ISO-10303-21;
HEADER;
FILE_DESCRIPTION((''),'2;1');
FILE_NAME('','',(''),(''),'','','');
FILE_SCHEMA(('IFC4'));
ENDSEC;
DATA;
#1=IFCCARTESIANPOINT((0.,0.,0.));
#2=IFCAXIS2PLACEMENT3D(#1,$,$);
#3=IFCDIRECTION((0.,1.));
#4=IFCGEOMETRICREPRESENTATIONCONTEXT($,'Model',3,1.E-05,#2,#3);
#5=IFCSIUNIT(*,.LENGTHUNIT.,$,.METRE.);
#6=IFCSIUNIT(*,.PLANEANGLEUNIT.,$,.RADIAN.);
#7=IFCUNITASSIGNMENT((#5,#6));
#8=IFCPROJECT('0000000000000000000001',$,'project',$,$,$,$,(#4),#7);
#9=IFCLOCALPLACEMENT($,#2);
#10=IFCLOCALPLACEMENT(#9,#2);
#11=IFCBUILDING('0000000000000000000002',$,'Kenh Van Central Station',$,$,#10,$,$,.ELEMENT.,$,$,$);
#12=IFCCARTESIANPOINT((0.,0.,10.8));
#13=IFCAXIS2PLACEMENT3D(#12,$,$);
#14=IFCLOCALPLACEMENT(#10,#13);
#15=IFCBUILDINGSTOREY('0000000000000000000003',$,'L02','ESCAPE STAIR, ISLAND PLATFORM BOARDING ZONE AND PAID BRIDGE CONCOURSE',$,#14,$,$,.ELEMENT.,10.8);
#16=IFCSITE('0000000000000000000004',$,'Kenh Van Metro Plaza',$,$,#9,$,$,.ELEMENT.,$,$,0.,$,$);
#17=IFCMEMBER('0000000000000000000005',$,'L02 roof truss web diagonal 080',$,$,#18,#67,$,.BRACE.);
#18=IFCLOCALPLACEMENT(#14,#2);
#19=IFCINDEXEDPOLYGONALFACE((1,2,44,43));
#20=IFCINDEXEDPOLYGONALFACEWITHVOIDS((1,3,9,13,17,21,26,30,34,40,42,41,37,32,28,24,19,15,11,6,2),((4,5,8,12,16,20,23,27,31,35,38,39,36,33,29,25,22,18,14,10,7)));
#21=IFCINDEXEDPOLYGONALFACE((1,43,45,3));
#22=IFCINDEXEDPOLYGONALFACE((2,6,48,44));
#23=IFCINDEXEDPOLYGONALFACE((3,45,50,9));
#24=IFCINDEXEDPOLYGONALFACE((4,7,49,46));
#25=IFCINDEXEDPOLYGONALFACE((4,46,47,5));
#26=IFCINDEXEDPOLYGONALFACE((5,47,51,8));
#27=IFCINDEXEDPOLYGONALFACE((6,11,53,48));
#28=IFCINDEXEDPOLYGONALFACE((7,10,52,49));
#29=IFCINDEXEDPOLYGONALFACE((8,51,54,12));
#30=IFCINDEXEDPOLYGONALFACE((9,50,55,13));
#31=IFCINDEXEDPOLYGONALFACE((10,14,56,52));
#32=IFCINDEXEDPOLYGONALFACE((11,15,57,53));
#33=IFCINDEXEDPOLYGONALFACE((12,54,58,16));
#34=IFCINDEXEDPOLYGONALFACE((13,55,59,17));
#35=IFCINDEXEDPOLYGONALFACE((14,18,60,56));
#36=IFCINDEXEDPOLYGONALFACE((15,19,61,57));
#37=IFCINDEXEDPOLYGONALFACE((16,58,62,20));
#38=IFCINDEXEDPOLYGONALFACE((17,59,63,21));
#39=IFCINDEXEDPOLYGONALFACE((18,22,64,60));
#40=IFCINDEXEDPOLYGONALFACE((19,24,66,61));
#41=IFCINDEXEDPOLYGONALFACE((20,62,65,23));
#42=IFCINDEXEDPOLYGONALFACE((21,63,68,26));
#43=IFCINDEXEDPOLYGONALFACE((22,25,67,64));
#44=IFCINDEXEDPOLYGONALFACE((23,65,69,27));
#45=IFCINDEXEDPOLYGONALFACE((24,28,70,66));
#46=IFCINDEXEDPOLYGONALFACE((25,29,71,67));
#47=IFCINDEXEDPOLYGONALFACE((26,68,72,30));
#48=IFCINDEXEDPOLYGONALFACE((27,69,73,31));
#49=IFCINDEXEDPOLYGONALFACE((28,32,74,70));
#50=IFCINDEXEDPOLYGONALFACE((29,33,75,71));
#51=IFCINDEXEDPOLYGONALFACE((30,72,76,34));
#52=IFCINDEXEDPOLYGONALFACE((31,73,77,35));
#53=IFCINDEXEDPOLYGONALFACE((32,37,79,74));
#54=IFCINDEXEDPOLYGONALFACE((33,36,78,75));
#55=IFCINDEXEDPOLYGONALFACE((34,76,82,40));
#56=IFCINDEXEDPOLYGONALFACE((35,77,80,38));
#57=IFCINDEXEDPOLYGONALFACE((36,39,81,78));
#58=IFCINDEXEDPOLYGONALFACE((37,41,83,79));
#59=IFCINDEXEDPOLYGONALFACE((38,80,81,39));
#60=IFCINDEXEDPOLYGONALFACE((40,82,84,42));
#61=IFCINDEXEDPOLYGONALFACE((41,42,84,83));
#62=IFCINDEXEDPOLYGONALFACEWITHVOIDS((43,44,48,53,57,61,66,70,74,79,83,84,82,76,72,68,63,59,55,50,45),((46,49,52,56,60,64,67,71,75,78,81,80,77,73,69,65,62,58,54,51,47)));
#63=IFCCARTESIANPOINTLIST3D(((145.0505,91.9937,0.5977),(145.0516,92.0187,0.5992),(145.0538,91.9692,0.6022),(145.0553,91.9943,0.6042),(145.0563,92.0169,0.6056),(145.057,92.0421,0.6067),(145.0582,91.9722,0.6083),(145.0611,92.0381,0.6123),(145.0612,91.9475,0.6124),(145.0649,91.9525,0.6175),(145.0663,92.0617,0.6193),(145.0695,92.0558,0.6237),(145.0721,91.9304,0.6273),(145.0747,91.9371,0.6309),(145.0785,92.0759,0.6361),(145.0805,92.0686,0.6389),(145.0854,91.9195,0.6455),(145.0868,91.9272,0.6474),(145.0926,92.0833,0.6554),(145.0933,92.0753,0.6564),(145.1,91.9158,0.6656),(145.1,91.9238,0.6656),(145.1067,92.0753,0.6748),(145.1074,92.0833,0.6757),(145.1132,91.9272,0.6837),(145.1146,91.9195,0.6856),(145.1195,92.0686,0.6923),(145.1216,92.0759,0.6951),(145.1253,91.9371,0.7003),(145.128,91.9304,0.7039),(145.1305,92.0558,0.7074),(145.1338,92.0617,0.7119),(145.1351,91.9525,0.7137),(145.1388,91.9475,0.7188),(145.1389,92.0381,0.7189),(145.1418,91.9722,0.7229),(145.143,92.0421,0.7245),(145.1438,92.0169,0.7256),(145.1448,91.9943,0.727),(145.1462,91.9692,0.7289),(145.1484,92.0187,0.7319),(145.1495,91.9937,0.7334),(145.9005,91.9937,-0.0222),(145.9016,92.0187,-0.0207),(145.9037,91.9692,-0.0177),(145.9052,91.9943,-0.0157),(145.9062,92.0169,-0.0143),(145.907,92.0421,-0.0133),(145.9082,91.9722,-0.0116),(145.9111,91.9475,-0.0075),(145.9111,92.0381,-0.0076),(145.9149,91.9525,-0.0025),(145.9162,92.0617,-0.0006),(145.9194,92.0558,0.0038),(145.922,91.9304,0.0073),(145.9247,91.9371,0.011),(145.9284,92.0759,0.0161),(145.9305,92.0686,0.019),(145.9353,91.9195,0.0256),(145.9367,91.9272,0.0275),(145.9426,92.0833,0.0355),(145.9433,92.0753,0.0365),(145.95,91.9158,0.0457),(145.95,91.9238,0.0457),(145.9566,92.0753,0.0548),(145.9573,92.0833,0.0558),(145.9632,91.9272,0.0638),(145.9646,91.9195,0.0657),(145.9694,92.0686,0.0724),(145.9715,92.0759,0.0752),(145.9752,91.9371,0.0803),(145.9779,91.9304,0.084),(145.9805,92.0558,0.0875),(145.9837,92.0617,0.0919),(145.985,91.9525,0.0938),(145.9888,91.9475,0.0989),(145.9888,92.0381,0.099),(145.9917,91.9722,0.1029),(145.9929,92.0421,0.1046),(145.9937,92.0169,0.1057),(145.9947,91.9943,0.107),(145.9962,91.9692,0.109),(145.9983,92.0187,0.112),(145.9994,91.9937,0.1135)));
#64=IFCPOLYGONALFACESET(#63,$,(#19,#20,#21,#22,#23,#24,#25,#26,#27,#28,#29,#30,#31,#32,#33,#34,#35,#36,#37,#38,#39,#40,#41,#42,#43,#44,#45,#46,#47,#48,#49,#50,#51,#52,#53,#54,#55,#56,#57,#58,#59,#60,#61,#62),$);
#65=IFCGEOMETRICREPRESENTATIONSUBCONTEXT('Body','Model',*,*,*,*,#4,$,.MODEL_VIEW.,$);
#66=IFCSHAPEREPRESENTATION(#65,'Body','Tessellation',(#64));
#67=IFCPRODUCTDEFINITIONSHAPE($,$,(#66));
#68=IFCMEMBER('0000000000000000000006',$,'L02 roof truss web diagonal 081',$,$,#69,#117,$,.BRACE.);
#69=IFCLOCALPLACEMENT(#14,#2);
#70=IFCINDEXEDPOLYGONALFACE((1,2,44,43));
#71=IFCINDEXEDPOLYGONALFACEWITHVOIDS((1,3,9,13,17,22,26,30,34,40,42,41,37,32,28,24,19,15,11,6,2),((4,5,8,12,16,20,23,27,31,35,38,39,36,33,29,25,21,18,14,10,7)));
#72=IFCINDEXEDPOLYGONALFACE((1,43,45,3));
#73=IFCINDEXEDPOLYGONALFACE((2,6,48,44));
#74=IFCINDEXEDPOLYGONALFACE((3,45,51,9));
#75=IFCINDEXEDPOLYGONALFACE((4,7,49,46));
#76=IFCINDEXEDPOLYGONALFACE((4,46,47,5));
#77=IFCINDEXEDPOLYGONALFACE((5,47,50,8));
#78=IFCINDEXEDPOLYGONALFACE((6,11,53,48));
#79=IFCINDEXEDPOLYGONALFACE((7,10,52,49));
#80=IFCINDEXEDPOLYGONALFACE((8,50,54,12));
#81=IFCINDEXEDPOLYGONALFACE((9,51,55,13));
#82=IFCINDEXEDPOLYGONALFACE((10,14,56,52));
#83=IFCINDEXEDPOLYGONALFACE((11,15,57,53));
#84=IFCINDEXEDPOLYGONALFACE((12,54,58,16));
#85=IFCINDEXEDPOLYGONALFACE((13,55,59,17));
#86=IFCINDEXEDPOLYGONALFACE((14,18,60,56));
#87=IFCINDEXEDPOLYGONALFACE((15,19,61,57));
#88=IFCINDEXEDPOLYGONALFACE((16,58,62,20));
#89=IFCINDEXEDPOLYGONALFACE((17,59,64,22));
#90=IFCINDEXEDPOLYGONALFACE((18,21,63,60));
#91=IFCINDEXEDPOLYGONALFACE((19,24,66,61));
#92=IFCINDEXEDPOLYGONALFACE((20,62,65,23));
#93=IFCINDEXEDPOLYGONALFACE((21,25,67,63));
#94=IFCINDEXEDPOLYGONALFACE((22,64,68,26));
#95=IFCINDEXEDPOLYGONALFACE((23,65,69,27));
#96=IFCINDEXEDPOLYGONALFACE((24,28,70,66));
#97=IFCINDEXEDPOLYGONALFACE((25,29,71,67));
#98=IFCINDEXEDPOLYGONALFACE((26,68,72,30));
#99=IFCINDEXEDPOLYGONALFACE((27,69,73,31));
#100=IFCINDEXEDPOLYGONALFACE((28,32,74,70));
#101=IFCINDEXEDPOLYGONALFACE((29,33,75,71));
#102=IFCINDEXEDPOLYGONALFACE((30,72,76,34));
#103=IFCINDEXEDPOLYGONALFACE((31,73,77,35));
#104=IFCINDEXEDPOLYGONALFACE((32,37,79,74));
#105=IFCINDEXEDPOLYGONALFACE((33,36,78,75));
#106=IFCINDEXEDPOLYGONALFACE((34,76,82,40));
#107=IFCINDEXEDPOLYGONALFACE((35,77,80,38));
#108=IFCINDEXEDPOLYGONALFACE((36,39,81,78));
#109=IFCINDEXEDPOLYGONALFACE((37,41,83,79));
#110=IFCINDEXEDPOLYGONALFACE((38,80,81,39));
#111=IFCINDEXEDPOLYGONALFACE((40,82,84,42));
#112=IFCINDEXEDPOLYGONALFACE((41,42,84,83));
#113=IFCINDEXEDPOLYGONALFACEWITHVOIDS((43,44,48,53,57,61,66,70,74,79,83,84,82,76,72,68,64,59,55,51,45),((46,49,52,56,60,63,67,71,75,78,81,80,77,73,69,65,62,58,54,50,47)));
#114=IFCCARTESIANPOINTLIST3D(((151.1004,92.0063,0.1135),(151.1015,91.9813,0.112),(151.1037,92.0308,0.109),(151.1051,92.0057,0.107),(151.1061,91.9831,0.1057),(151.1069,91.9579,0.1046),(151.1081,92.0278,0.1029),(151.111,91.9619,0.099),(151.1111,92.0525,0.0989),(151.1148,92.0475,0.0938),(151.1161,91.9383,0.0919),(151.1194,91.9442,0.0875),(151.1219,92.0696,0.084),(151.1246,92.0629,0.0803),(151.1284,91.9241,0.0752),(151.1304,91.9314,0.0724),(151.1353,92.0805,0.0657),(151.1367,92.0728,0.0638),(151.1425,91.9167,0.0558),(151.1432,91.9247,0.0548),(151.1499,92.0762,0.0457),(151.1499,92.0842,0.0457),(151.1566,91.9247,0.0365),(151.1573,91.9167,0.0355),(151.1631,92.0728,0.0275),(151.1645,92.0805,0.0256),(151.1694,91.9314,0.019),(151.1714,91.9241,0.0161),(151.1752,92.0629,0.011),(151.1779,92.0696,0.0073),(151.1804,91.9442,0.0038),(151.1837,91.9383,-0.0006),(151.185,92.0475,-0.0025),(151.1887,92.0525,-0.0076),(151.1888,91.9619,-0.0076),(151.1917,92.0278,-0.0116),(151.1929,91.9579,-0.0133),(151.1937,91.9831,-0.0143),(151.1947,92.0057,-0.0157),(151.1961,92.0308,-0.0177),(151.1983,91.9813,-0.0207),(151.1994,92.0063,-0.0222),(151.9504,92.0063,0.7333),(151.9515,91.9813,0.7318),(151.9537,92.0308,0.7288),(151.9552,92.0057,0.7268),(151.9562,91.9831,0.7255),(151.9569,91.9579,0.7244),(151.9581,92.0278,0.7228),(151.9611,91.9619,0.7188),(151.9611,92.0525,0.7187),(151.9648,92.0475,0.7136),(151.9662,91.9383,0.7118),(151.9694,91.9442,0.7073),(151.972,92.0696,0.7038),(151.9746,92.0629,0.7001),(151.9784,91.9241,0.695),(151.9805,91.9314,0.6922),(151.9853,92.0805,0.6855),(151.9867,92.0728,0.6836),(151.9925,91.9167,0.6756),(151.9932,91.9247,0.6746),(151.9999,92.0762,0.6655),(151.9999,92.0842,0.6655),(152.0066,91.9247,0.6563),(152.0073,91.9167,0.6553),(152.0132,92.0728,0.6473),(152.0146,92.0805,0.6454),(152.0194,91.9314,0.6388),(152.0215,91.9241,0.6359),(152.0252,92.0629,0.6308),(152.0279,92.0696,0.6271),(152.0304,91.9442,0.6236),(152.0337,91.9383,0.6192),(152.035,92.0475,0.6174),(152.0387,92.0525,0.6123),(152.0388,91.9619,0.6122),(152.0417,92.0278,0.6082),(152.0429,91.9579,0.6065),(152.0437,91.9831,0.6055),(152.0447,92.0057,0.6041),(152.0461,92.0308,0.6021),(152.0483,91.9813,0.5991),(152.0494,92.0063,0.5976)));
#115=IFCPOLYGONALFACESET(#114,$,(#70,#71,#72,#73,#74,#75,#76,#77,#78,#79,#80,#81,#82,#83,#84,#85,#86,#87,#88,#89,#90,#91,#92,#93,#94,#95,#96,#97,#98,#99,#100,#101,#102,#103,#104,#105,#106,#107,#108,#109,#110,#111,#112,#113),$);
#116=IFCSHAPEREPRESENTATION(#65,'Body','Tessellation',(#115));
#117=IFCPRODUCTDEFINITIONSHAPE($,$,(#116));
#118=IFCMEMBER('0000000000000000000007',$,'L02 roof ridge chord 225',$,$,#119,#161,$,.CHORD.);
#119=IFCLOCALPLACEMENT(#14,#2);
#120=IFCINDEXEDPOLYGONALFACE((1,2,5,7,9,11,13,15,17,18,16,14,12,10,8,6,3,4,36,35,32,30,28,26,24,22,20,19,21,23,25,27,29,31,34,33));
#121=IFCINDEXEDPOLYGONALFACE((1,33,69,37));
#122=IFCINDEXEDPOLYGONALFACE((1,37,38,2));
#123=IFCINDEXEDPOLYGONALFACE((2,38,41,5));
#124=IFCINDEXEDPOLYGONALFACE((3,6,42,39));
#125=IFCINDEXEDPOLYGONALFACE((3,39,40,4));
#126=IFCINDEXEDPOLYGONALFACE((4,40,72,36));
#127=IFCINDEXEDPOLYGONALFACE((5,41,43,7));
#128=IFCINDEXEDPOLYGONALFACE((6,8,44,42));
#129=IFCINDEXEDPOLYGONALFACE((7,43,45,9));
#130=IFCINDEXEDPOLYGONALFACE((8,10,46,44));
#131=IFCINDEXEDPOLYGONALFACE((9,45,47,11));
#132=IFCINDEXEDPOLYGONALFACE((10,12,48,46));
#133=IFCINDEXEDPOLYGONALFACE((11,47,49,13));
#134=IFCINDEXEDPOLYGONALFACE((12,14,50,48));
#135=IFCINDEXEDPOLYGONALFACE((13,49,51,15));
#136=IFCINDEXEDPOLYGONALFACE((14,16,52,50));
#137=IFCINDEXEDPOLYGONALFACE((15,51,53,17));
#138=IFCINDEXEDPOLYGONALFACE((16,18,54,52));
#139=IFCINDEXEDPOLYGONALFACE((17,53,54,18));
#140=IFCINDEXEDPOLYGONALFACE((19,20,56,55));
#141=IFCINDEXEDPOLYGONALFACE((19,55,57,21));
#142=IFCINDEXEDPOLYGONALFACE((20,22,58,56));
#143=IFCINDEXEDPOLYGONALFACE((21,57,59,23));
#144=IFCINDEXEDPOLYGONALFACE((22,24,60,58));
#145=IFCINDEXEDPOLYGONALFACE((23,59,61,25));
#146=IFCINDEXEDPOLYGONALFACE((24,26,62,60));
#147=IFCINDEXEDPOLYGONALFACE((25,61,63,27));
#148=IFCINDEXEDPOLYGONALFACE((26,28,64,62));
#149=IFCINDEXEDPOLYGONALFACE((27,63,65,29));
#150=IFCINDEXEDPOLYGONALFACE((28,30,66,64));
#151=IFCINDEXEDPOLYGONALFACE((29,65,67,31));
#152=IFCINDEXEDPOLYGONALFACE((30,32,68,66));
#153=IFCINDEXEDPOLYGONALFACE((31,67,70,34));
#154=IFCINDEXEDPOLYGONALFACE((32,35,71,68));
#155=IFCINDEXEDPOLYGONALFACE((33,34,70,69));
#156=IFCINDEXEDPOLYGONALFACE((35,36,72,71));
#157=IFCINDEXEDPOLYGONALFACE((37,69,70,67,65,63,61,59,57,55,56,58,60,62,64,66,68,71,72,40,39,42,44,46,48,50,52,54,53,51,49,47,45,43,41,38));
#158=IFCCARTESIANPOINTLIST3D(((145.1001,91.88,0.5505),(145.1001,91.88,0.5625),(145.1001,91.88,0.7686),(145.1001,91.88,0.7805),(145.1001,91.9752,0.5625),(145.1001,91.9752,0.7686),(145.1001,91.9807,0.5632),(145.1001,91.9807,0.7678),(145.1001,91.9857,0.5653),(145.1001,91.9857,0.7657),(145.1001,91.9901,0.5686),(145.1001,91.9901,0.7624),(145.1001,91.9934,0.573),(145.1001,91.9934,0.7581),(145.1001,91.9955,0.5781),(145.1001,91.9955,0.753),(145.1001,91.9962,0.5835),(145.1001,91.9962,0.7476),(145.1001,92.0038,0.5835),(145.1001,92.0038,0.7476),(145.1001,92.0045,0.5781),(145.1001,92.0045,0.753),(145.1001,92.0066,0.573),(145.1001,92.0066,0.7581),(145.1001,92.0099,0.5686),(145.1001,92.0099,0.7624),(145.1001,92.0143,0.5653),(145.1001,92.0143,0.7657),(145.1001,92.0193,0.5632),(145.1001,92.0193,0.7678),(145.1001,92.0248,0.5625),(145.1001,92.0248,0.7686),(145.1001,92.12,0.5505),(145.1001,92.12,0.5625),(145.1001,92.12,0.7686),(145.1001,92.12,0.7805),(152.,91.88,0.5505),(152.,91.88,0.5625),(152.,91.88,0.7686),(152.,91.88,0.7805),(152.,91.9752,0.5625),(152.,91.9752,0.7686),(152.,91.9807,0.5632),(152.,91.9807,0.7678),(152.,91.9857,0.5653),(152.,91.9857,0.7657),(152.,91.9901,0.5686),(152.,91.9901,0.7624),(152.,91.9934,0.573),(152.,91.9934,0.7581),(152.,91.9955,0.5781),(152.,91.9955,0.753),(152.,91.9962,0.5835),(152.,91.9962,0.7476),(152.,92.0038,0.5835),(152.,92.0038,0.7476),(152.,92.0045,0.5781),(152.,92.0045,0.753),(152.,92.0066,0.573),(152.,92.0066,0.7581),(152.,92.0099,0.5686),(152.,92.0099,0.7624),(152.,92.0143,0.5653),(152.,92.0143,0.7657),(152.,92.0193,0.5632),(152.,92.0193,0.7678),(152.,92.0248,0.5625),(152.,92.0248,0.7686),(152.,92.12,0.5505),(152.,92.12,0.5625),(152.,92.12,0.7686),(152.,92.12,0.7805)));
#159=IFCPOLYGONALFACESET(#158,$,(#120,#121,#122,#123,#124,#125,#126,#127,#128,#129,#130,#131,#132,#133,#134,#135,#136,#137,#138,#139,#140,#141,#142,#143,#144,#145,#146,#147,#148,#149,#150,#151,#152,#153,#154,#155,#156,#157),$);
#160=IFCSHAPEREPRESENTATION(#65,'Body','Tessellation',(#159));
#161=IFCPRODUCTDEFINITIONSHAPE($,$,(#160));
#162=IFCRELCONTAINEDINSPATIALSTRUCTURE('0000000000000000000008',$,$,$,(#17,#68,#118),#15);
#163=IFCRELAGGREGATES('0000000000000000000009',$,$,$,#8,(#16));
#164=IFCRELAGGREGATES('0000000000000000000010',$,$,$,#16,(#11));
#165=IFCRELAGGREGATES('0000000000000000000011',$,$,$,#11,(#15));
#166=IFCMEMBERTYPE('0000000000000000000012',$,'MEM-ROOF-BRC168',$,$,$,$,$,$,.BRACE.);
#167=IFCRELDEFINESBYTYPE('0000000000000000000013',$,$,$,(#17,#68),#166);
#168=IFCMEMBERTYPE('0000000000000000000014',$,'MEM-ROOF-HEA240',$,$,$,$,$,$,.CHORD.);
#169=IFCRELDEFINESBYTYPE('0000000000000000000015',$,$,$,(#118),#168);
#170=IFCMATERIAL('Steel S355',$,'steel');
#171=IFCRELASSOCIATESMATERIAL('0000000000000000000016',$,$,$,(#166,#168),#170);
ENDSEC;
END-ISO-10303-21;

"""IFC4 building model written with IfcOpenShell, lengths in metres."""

from ifc_helpers import new_model, si_unit, direction, frame, origin, origin_2d, place, context, subcontext, project, spatial, hollow_circle, i_section, extrude, material, material_profile, profile_set, type_object, element, save


model = new_model("IFC4")

# Units and contexts
model_context = context("Model", 3, precision=1e-05, world=origin(), true_north=direction((0.0, 1.0)))
body_context = subcontext(model_context, "Body", "Model", "MODEL_VIEW")
ifc_project = project(units=[si_unit("LENGTHUNIT", "METRE"), si_unit("PLANEANGLEUNIT", "RADIAN")], contexts=[model_context])

# Site, building, storey
site_placement = place(None, origin())
site = spatial("IfcSite", under=ifc_project, at=site_placement, Name="Kenh Van Metro Plaza", CompositionType="ELEMENT", RefElevation=0.0)
building_placement = place(site_placement, origin())
building = spatial("IfcBuilding", under=site, at=building_placement, Name="Kenh Van Central Station", CompositionType="ELEMENT")
storey_placement = place(building_placement, frame((0.0, 0.0, 10.8)))
storey = spatial("IfcBuildingStorey", under=building, at=storey_placement, Name="L02", Description="ESCAPE STAIR, ISLAND PLATFORM BOARDING ZONE AND PAID BRIDGE CONCOURSE", CompositionType="ELEMENT", Elevation=10.8)

# Shared definitions
ifc_material_1 = material(Name="Steel S355", Category="steel")

# Members
ifc_material_profile_1 = material_profile(ifc_material_1, hollow_circle(Radius=0.0842, WallThickness=0.0081, at=origin_2d()), Name="CHS 168.3x8")
ifc_profile_set_1 = profile_set([ifc_material_profile_1], Name="Steel S355")
member_type_1 = type_object("IfcMemberType", Name="MEM-ROOF-BRC168", PredefinedType="BRACE", material=ifc_profile_set_1)
for number, where, z_axis, x_axis, name in (
    (1, (145.95, 92.0, 0.0457), (-0.807922, 0.0, 0.589289), (0.0, -1.0, 0.0), "L02 roof truss web diagonal 080"),
    (2, (151.1499, 92.0, 0.0457), (0.808003, 0.0, 0.589178), (0.0, 1.0, 0.0), "L02 roof truss web diagonal 081"),
):
    element("IfcMember", number, at=place(storey_placement, frame(where, z_axis=z_axis, x_axis=x_axis)), inside=storey, type_object=member_type_1, Name=name, PredefinedType="BRACE", context=body_context, shape_type="SweptSolid", body=[
        extrude(hollow_circle(Radius=0.0842, WallThickness=0.0081, at=origin_2d()), origin(), (0.0, 0.0, 1.0), 1.052),
    ])
ifc_material_profile_2 = material_profile(ifc_material_1, i_section(OverallWidth=0.24, OverallDepth=0.23, WebThickness=0.0076, FlangeThickness=0.012, FilletRadius=0.021, at=origin_2d()), Name="HEA 240")
ifc_profile_set_2 = profile_set([ifc_material_profile_2], Name="Steel S355")
member_type_2 = type_object("IfcMemberType", Name="MEM-ROOF-HEA240", PredefinedType="CHORD", material=ifc_profile_set_2)
member_1_placement = place(storey_placement, frame((145.1001, 92.0, 0.6655), z_axis=(1.0, 0.0, 0.0), x_axis=(0.0, 1.0, 0.0)))
element("IfcMember", 3, at=member_1_placement, inside=storey, type_object=member_type_2, Name="L02 roof ridge chord 225", PredefinedType="CHORD", context=body_context, shape_type="SweptSolid", body=[
    extrude(i_section(OverallWidth=0.24, OverallDepth=0.23, WebThickness=0.0076, FlangeThickness=0.012, FilletRadius=0.021, at=origin_2d()), origin(), (0.0, 0.0, 1.0), 6.8999),
])

save(model, "model.ifc")
